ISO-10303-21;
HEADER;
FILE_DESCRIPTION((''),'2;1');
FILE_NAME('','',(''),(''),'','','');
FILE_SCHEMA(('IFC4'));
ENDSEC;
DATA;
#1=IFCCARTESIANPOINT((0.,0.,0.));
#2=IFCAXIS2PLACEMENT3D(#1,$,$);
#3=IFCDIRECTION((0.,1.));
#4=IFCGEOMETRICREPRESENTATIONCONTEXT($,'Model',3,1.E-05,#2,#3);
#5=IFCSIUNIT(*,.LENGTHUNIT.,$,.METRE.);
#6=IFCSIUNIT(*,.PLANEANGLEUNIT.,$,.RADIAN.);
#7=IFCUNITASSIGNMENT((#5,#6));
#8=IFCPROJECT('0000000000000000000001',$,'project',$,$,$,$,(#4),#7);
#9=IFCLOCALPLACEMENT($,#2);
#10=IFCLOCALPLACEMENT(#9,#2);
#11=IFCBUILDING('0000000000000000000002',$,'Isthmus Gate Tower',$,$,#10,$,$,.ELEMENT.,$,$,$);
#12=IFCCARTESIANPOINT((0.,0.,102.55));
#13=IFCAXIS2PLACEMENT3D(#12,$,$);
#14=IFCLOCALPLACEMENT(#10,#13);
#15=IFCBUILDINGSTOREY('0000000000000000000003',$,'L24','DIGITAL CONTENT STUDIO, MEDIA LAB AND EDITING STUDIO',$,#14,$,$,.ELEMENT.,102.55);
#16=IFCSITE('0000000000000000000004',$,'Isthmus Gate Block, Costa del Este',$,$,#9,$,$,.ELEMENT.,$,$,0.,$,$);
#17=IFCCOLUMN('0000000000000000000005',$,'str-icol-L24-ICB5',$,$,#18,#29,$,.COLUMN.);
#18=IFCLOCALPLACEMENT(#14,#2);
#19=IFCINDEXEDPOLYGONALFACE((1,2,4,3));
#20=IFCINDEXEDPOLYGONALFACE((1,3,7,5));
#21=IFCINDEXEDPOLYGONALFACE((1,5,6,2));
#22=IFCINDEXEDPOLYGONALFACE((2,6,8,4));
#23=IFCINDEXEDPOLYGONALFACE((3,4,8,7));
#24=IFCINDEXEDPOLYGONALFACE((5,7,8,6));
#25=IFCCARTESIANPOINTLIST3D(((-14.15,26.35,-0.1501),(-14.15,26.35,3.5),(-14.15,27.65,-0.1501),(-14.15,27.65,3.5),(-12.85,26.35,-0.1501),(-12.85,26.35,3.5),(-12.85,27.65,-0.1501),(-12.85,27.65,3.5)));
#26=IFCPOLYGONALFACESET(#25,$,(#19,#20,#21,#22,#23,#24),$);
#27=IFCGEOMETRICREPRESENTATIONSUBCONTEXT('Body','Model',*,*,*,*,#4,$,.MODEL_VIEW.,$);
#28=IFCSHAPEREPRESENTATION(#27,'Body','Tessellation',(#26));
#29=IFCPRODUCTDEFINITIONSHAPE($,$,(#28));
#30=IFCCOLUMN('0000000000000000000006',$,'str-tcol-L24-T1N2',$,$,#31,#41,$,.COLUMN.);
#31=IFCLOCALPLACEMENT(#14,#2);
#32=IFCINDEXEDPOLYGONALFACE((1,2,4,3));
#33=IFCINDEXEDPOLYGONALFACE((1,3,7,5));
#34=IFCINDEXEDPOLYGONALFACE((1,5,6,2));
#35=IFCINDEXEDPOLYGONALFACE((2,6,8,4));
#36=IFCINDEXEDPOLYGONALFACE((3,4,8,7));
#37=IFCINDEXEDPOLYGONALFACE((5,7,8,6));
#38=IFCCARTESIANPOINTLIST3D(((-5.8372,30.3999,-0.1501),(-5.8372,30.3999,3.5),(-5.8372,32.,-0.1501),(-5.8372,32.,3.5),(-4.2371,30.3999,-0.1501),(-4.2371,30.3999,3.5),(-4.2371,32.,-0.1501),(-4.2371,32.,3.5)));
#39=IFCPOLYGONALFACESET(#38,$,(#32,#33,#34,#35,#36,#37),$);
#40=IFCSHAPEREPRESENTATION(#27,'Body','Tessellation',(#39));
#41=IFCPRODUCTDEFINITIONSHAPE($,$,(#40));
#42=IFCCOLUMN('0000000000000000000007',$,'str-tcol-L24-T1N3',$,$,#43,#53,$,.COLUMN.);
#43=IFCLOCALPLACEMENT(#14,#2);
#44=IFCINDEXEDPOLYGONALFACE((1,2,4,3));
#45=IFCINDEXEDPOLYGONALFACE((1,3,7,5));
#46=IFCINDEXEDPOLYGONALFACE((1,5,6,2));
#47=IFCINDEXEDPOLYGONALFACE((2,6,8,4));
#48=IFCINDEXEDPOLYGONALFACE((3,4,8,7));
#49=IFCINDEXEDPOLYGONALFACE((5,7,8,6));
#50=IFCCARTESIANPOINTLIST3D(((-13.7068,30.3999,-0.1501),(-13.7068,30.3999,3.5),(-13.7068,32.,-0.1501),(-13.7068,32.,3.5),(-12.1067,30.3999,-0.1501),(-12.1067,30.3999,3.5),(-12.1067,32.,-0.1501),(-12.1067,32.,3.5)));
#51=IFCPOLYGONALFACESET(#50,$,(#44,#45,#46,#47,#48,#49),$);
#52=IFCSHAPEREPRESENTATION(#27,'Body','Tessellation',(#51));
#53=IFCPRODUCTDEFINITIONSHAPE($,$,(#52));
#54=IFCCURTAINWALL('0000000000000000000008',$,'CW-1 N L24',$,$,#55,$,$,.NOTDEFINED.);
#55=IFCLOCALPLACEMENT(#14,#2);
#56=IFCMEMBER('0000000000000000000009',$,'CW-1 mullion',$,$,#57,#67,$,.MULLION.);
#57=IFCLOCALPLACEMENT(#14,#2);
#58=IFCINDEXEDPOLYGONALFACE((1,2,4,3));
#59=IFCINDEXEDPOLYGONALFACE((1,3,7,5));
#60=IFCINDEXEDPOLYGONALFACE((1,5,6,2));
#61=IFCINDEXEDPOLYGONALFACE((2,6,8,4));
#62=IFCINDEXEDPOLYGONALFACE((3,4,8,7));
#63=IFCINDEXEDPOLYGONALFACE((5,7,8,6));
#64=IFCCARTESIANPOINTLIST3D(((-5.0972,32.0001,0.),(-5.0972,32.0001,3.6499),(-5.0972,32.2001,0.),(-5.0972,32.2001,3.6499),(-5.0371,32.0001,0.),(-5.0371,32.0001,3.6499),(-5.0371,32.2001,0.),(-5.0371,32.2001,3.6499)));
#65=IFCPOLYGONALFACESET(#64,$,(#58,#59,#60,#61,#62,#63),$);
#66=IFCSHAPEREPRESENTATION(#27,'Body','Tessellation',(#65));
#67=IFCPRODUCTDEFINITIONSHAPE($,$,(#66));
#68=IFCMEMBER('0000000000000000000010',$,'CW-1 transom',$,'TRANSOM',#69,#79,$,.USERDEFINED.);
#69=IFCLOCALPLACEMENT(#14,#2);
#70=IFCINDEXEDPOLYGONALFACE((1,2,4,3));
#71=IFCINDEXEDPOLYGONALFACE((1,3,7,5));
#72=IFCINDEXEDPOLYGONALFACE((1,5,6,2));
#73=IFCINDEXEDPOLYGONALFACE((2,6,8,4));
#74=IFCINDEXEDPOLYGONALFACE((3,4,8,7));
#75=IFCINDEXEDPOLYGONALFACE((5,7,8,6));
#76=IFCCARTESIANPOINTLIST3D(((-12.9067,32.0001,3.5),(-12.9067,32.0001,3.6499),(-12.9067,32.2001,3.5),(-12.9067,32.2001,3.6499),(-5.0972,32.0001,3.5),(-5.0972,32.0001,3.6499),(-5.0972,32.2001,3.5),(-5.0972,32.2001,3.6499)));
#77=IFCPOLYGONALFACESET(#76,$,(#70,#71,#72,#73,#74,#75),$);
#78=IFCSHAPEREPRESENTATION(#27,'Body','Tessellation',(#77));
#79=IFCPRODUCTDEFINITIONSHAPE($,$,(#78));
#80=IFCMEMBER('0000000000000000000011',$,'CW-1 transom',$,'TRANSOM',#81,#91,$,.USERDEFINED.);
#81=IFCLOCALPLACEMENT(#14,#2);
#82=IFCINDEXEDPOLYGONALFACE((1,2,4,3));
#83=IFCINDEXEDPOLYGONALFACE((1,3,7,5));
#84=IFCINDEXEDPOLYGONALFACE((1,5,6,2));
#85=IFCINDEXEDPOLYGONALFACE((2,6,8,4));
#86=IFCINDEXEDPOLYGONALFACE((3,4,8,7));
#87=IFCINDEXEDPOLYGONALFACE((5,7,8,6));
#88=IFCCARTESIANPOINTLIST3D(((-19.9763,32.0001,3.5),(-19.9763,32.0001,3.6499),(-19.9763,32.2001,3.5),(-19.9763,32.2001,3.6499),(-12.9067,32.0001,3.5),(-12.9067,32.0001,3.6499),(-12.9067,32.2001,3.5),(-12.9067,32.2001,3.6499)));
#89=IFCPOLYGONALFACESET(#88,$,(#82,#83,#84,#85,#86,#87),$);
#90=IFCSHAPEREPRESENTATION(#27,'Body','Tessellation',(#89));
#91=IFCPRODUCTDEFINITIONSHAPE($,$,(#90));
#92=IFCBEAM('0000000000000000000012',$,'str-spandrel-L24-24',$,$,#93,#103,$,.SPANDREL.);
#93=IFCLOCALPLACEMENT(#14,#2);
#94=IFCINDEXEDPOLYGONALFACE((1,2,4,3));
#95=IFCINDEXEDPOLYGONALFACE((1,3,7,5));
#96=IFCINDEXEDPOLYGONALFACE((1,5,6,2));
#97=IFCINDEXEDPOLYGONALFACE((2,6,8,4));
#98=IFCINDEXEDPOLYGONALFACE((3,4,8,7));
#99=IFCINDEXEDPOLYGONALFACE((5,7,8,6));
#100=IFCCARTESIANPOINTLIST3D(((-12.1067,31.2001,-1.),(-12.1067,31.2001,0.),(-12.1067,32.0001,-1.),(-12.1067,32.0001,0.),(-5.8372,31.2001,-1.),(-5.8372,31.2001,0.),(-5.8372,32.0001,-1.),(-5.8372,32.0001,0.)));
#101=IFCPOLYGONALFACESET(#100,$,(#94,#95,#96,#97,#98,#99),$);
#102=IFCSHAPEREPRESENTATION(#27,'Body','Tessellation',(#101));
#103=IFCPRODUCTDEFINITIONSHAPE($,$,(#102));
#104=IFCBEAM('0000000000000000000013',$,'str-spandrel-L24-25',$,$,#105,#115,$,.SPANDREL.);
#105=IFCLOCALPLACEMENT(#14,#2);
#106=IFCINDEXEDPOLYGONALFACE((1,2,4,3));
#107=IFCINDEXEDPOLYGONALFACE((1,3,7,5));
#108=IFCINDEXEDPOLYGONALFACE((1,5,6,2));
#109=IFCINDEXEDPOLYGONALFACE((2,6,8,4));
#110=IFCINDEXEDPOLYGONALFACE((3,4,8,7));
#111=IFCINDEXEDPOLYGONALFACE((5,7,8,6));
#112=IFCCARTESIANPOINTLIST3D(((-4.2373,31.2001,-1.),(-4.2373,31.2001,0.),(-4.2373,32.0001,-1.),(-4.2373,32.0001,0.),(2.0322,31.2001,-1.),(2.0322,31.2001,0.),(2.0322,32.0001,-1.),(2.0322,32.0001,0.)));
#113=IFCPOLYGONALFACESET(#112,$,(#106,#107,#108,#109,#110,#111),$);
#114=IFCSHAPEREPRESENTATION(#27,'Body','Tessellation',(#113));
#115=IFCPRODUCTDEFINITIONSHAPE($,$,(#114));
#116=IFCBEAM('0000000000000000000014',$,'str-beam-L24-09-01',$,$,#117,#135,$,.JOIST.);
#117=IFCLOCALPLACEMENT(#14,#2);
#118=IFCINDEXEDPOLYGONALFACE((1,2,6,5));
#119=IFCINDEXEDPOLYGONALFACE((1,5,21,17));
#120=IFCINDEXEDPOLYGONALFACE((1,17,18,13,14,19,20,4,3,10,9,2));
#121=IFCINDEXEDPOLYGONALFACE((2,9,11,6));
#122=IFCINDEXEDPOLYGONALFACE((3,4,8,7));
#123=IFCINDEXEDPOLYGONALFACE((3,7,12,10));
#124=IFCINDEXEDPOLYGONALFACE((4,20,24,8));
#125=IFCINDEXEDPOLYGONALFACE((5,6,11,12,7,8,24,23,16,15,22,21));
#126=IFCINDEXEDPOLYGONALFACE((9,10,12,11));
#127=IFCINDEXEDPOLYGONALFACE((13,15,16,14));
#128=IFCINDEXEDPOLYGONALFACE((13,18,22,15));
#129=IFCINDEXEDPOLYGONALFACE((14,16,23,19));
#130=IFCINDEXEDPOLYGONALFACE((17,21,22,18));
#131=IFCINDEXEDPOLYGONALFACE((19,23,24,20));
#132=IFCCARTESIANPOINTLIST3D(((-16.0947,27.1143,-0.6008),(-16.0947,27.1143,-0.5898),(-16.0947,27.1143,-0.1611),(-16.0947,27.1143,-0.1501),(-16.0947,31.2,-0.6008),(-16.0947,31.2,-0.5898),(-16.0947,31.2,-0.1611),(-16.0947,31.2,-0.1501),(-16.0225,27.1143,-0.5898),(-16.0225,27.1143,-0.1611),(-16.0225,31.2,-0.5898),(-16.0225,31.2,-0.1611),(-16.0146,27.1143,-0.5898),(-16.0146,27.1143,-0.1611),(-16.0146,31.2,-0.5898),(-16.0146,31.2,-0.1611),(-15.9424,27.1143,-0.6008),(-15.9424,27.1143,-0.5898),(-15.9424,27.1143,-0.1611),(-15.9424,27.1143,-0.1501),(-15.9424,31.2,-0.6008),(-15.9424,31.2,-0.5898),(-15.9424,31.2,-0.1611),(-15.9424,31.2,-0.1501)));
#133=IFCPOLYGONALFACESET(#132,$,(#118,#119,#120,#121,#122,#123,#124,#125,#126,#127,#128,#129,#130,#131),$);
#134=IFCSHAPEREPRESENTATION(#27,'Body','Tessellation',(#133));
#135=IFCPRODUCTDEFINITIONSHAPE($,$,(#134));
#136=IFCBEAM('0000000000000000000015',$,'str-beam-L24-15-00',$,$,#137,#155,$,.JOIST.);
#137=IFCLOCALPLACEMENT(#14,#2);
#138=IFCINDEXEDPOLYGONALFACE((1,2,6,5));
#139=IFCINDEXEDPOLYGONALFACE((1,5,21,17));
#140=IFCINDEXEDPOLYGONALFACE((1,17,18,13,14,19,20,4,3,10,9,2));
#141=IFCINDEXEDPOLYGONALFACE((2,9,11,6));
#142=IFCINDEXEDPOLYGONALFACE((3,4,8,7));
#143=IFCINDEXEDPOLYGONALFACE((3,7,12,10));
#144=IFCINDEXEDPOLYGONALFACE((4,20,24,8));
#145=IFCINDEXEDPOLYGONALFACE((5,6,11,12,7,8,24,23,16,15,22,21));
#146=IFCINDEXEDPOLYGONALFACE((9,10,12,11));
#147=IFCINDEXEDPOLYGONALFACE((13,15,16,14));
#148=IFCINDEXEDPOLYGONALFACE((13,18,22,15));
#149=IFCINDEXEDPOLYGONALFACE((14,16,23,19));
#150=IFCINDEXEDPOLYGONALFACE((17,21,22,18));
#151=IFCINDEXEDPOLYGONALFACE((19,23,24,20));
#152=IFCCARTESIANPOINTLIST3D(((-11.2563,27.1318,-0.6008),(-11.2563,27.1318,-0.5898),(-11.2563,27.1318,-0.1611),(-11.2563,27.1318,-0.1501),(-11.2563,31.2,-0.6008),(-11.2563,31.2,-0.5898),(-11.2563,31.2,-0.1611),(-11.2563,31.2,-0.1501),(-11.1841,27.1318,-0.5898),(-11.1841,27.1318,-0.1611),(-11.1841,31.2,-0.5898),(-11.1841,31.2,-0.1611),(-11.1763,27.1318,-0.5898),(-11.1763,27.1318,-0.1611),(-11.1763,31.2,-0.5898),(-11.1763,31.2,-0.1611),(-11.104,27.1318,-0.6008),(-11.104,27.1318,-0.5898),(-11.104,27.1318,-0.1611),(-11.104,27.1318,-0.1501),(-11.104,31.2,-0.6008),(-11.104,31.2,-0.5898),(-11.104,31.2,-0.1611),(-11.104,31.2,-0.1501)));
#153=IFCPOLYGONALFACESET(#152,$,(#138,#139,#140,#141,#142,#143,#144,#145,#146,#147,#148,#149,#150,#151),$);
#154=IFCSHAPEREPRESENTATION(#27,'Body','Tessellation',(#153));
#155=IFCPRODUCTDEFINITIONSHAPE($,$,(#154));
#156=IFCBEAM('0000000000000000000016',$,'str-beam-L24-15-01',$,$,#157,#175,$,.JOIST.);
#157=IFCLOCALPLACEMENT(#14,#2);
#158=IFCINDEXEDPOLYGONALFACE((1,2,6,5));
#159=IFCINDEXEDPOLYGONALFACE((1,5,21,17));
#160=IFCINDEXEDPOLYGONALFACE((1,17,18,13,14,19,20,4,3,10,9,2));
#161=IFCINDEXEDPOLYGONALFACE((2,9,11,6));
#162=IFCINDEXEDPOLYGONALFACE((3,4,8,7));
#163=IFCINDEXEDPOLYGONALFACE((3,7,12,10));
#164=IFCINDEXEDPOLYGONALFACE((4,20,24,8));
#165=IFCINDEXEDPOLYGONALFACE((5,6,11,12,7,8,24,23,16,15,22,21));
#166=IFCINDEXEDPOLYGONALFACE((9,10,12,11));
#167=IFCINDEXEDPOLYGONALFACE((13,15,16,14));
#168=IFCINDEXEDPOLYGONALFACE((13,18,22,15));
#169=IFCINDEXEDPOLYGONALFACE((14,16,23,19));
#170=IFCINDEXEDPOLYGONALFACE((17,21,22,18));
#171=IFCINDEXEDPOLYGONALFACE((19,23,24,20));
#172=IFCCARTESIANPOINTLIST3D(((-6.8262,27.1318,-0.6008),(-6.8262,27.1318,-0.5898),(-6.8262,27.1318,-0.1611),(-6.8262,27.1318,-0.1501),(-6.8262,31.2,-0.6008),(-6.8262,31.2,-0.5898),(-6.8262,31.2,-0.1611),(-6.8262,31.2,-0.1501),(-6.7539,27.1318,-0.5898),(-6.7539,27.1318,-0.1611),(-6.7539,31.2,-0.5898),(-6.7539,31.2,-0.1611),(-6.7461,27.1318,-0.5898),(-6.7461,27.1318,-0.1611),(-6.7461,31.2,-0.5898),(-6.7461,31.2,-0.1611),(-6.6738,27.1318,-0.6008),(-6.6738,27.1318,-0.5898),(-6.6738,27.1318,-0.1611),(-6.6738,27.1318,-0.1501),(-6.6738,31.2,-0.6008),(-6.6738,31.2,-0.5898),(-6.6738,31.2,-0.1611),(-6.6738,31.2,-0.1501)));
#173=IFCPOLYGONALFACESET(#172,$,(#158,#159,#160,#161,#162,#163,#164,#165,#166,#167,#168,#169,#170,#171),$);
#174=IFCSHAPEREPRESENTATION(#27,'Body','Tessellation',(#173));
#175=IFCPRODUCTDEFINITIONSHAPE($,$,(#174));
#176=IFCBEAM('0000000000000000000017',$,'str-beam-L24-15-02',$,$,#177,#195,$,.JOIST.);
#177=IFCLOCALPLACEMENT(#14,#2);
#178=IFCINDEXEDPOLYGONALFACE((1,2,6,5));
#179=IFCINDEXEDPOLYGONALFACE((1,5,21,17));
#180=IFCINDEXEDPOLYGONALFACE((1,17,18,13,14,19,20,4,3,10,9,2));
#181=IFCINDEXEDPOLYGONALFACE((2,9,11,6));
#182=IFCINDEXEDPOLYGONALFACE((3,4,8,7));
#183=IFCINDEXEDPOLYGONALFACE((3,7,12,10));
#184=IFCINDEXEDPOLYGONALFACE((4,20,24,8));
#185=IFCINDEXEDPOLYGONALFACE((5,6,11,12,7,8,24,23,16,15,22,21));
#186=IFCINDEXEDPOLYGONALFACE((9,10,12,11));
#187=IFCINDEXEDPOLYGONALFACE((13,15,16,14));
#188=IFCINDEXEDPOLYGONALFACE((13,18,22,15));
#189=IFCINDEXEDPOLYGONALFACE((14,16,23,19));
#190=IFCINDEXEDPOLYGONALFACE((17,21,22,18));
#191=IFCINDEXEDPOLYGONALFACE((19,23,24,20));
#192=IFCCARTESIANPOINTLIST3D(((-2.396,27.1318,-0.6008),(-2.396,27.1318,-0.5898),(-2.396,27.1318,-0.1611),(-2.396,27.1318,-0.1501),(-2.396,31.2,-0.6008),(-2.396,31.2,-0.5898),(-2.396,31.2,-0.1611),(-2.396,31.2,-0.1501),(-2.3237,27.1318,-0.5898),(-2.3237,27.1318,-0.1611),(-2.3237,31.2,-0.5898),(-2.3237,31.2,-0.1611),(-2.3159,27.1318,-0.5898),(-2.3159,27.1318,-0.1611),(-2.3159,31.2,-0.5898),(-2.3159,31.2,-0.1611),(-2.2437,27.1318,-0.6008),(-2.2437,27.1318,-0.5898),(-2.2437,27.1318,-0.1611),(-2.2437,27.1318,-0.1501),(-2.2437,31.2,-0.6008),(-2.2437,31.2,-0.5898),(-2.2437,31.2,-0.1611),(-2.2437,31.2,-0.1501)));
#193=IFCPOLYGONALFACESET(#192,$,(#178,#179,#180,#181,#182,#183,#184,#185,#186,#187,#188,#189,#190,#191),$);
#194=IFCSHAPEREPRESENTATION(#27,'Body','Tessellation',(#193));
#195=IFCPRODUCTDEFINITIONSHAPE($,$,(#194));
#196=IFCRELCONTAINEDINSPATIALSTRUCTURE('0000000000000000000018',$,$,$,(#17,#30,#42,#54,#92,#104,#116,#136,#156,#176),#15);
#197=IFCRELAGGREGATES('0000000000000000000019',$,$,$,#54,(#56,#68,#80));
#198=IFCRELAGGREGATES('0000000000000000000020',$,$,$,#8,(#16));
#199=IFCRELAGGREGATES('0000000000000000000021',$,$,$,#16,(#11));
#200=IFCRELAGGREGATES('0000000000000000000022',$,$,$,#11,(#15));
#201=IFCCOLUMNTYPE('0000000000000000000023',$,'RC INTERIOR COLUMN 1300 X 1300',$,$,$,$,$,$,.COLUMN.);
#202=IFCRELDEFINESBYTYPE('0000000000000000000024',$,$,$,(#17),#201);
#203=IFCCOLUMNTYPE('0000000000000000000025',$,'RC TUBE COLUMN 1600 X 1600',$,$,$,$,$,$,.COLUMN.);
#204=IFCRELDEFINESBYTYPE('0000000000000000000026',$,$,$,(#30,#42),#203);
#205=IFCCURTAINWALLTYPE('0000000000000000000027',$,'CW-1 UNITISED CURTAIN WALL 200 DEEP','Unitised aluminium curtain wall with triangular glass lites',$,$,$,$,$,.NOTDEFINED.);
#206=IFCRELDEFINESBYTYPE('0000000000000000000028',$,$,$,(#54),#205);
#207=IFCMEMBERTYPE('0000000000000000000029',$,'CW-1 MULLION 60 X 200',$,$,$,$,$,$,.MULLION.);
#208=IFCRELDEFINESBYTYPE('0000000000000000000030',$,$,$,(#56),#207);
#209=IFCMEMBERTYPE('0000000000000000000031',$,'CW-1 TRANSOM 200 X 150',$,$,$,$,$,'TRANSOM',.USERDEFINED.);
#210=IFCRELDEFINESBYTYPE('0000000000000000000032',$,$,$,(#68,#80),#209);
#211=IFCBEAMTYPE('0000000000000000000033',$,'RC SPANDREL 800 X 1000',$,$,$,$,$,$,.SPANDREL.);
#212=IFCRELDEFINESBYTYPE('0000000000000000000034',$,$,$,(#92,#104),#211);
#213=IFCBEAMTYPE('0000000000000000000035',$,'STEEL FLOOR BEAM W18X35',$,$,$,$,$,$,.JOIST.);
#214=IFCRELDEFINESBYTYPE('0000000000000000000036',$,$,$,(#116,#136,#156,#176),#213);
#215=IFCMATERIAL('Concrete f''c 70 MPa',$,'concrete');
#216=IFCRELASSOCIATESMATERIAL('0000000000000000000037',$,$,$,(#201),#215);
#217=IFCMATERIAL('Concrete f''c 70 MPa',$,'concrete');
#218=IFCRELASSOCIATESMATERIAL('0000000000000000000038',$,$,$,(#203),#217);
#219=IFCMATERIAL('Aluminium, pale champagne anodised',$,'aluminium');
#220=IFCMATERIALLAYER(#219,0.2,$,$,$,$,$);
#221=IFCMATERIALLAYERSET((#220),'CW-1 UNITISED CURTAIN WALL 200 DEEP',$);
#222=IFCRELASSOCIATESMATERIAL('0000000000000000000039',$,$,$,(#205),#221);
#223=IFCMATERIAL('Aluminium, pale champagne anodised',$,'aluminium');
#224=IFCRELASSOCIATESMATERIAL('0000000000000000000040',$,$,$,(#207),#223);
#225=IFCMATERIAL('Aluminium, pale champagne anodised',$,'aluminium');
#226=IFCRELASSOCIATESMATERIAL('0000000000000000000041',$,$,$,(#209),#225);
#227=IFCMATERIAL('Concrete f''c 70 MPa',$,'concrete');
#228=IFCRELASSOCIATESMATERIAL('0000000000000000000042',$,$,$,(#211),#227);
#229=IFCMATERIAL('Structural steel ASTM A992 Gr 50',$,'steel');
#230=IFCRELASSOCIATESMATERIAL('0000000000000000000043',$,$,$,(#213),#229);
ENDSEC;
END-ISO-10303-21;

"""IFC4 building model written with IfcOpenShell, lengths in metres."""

from ifc_helpers import new_model, si_unit, direction, frame, origin, origin_2d, place, context, subcontext, project, spatial, rectangle, i_section, extrude, material, layer, layer_set, material_profile, profile_set, type_object, element, aggregate, save


model = new_model("IFC4")

# Units and contexts
model_context = context("Model", 3, precision=1e-05, world=origin(), true_north=direction((0.0, 1.0)))
body_context = subcontext(model_context, "Body", "Model", "MODEL_VIEW")
ifc_project = project(units=[si_unit("LENGTHUNIT", "METRE"), si_unit("PLANEANGLEUNIT", "RADIAN")], contexts=[model_context])

# Site, building, storey
site_placement = place(None, origin())
site = spatial("IfcSite", under=ifc_project, at=site_placement, Name="Isthmus Gate Block, Costa del Este", CompositionType="ELEMENT", RefElevation=0.0)
building_placement = place(site_placement, origin())
building = spatial("IfcBuilding", under=site, at=building_placement, Name="Isthmus Gate Tower", CompositionType="ELEMENT")
storey_placement = place(building_placement, frame((0.0, 0.0, 102.55)))
storey = spatial("IfcBuildingStorey", under=building, at=storey_placement, Name="L24", Description="DIGITAL CONTENT STUDIO, MEDIA LAB AND EDITING STUDIO", CompositionType="ELEMENT", Elevation=102.55)

# Columns
ifc_material_1 = material(Name="Concrete f'c 70 MPa", Category="concrete")
ifc_material_profile_1 = material_profile(ifc_material_1, rectangle(XDim=1.3, YDim=1.3, at=origin_2d()), Name="RC 1300X1300")
ifc_profile_set_1 = profile_set([ifc_material_profile_1], Name="Concrete f'c 70 MPa")
column_type_1 = type_object("IfcColumnType", Name="RC INTERIOR COLUMN 1300 X 1300", PredefinedType="COLUMN", material=ifc_profile_set_1)
column_placement = place(storey_placement, frame((-13.5, 27.0, -0.1501), z_axis=(0.0, 0.0, 1.0), x_axis=(1.0, 0.0, 0.0)))
element("IfcColumn", 1, at=column_placement, inside=storey, type_object=column_type_1, Name="str-icol-L24-ICB5", PredefinedType="COLUMN", context=body_context, shape_type="SweptSolid", body=[
    extrude(rectangle(XDim=1.3, YDim=1.3, at=origin_2d()), origin(), (0.0, 0.0, 1.0), 3.6501),
])
ifc_material_2 = material(Name="Concrete f'c 70 MPa", Category="concrete")
ifc_material_profile_2 = material_profile(ifc_material_2, rectangle(XDim=1.6001, YDim=1.6001, at=origin_2d()), Name="RC 1600X1600")
ifc_profile_set_2 = profile_set([ifc_material_profile_2], Name="Concrete f'c 70 MPa")
column_type_2 = type_object("IfcColumnType", Name="RC TUBE COLUMN 1600 X 1600", PredefinedType="COLUMN", material=ifc_profile_set_2)
for number, where, z_axis, x_axis, name in (
    (2, (-5.0371, 31.2, -0.1501), (0.0, 0.0, 1.0), (-1.0, 0.0, 0.0), "str-tcol-L24-T1N2"),
    (3, (-12.9067, 31.2, -0.1501), (0.0, 0.0, 1.0), (-1.0, 0.0, 0.0), "str-tcol-L24-T1N3"),
):
    element("IfcColumn", number, at=place(storey_placement, frame(where, z_axis=z_axis, x_axis=x_axis)), inside=storey, type_object=column_type_2, Name=name, PredefinedType="COLUMN", context=body_context, shape_type="SweptSolid", body=[
        extrude(rectangle(XDim=1.6001, YDim=1.6001, at=origin_2d()), origin(), (0.0, 0.0, 1.0), 3.6501),
    ])

# Curtain wall, members
ifc_material_3 = material(Name="Aluminium, pale champagne anodised", Category="aluminium")
ifc_layer_1 = layer(ifc_material_3, 0.2)
ifc_layer_set_1 = layer_set([ifc_layer_1], Name="CW-1 UNITISED CURTAIN WALL 200 DEEP")
curtain_wall_type = type_object("IfcCurtainWallType", Name="CW-1 UNITISED CURTAIN WALL 200 DEEP", Description="Unitised aluminium curtain wall with triangular glass lites", PredefinedType="NOTDEFINED", material=ifc_layer_set_1)
curtain_wall_placement = place(storey_placement, origin())
curtain_wall = element("IfcCurtainWall", 4, at=curtain_wall_placement, inside=storey, type_object=curtain_wall_type, Name="CW-1 N L24", PredefinedType="NOTDEFINED")
ifc_material_4 = material(Name="Aluminium, pale champagne anodised", Category="aluminium")
ifc_material_profile_3 = material_profile(ifc_material_4, rectangle(XDim=0.0601, YDim=0.2, at=origin_2d()), Name="60x200")
ifc_profile_set_3 = profile_set([ifc_material_profile_3], Name="Aluminium, pale champagne anodised")
member_type_1 = type_object("IfcMemberType", Name="CW-1 MULLION 60 X 200", PredefinedType="MULLION", material=ifc_profile_set_3)
member_1_placement = place(storey_placement, frame((-5.0671, 32.1001, 0.0), z_axis=(0.0, 0.0, 1.0), x_axis=(-1.0, 0.0, 0.0)))
member_1 = element("IfcMember", 5, at=member_1_placement, type_object=member_type_1, Name="CW-1 mullion", PredefinedType="MULLION", context=body_context, shape_type="SweptSolid", body=[
    extrude(rectangle(XDim=0.0601, YDim=0.2, at=origin_2d()), origin(), (0.0, 0.0, 1.0), 3.6499),
])
ifc_material_5 = material(Name="Aluminium, pale champagne anodised", Category="aluminium")
ifc_material_profile_4 = material_profile(ifc_material_5, rectangle(XDim=0.2, YDim=0.1499, at=origin_2d()), Name="200x150")
ifc_profile_set_4 = profile_set([ifc_material_profile_4], Name="Aluminium, pale champagne anodised")
member_type_2 = type_object("IfcMemberType", Name="CW-1 TRANSOM 200 X 150", ElementType="TRANSOM", PredefinedType="USERDEFINED", material=ifc_profile_set_4)
member_2_placement = place(storey_placement, frame((-5.0972, 32.1001, 3.575), z_axis=(-1.0, 0.0, 0.0), x_axis=(0.0, -1.0, 0.0)))
member_2 = element("IfcMember", 6, at=member_2_placement, type_object=member_type_2, Name="CW-1 transom", ObjectType="TRANSOM", PredefinedType="USERDEFINED", context=body_context, shape_type="SweptSolid", body=[
    extrude(rectangle(XDim=0.2, YDim=0.1499, at=origin_2d()), origin(), (0.0, 0.0, 1.0), 7.8096),
])
member_3_placement = place(storey_placement, frame((-12.9067, 32.1001, 3.575), z_axis=(-1.0, 0.0, 0.0), x_axis=(0.0, -1.0, 0.0)))
member_3 = element("IfcMember", 7, at=member_3_placement, type_object=member_type_2, Name="CW-1 transom", ObjectType="TRANSOM", PredefinedType="USERDEFINED", context=body_context, shape_type="SweptSolid", body=[
    extrude(rectangle(XDim=0.2, YDim=0.1499, at=origin_2d()), origin(), (0.0, 0.0, 1.0), 7.0696),
])

# Beams
ifc_material_6 = material(Name="Concrete f'c 70 MPa", Category="concrete")
ifc_material_profile_5 = material_profile(ifc_material_6, rectangle(XDim=0.8, YDim=1.0, at=origin_2d()), Name="RC 800X1000")
ifc_profile_set_5 = profile_set([ifc_material_profile_5], Name="Concrete f'c 70 MPa")
beam_type_1 = type_object("IfcBeamType", Name="RC SPANDREL 800 X 1000", PredefinedType="SPANDREL", material=ifc_profile_set_5)
for number, where, z_axis, x_axis, name in (
    (8, (-12.1067, 31.6001, -0.5), (1.0, 0.0, 0.0), (0.0, 1.0, 0.0), "str-spandrel-L24-24"),
    (9, (-4.2373, 31.6001, -0.5), (1.0, 0.0, 0.0), (0.0, 1.0, 0.0), "str-spandrel-L24-25"),
):
    element("IfcBeam", number, at=place(storey_placement, frame(where, z_axis=z_axis, x_axis=x_axis)), inside=storey, type_object=beam_type_1, Name=name, PredefinedType="SPANDREL", context=body_context, shape_type="SweptSolid", body=[
        extrude(rectangle(XDim=0.8, YDim=1.0, at=origin_2d()), origin(), (0.0, 0.0, 1.0), 6.2695),
    ])
ifc_material_7 = material(Name="Structural steel ASTM A992 Gr 50", Category="steel")
ifc_material_profile_6 = material_profile(ifc_material_7, i_section(OverallWidth=0.1523, OverallDepth=0.4507, WebThickness=0.0078, FlangeThickness=0.011, at=origin_2d()), Name="W18X35")
ifc_profile_set_6 = profile_set([ifc_material_profile_6], Name="Structural steel ASTM A992 Gr 50")
beam_type_2 = type_object("IfcBeamType", Name="STEEL FLOOR BEAM W18X35", PredefinedType="JOIST", material=ifc_profile_set_6)
beam_1_placement = place(storey_placement, frame((-16.0186, 27.1143, -0.3755), z_axis=(0.0, 1.0, 0.0), x_axis=(-1.0, 0.0, 0.0)))
element("IfcBeam", 10, at=beam_1_placement, inside=storey, type_object=beam_type_2, Name="str-beam-L24-09-01", PredefinedType="JOIST", context=body_context, shape_type="SweptSolid", body=[
    extrude(i_section(OverallWidth=0.1523, OverallDepth=0.4507, WebThickness=0.0078, FlangeThickness=0.011, at=origin_2d()), origin(), (0.0, 0.0, 1.0), 4.0857),
])
for number, where, z_axis, x_axis, name in (
    (11, (-11.1802, 27.1318, -0.3755), (0.0, 1.0, 0.0), (-1.0, 0.0, 0.0), "str-beam-L24-15-00"),
    (12, (-6.75, 27.1318, -0.3755), (0.0, 1.0, 0.0), (-1.0, 0.0, 0.0), "str-beam-L24-15-01"),
    (13, (-2.3198, 27.1318, -0.3755), (0.0, 1.0, 0.0), (-1.0, 0.0, 0.0), "str-beam-L24-15-02"),
):
    element("IfcBeam", number, at=place(storey_placement, frame(where, z_axis=z_axis, x_axis=x_axis)), inside=storey, type_object=beam_type_2, Name=name, PredefinedType="JOIST", context=body_context, shape_type="SweptSolid", body=[
        extrude(i_section(OverallWidth=0.1523, OverallDepth=0.4507, WebThickness=0.0078, FlangeThickness=0.011, at=origin_2d()), origin(), (0.0, 0.0, 1.0), 4.0681),
    ])

aggregate(curtain_wall, [member_1, member_2, member_3])

save(model, "model.ifc")
